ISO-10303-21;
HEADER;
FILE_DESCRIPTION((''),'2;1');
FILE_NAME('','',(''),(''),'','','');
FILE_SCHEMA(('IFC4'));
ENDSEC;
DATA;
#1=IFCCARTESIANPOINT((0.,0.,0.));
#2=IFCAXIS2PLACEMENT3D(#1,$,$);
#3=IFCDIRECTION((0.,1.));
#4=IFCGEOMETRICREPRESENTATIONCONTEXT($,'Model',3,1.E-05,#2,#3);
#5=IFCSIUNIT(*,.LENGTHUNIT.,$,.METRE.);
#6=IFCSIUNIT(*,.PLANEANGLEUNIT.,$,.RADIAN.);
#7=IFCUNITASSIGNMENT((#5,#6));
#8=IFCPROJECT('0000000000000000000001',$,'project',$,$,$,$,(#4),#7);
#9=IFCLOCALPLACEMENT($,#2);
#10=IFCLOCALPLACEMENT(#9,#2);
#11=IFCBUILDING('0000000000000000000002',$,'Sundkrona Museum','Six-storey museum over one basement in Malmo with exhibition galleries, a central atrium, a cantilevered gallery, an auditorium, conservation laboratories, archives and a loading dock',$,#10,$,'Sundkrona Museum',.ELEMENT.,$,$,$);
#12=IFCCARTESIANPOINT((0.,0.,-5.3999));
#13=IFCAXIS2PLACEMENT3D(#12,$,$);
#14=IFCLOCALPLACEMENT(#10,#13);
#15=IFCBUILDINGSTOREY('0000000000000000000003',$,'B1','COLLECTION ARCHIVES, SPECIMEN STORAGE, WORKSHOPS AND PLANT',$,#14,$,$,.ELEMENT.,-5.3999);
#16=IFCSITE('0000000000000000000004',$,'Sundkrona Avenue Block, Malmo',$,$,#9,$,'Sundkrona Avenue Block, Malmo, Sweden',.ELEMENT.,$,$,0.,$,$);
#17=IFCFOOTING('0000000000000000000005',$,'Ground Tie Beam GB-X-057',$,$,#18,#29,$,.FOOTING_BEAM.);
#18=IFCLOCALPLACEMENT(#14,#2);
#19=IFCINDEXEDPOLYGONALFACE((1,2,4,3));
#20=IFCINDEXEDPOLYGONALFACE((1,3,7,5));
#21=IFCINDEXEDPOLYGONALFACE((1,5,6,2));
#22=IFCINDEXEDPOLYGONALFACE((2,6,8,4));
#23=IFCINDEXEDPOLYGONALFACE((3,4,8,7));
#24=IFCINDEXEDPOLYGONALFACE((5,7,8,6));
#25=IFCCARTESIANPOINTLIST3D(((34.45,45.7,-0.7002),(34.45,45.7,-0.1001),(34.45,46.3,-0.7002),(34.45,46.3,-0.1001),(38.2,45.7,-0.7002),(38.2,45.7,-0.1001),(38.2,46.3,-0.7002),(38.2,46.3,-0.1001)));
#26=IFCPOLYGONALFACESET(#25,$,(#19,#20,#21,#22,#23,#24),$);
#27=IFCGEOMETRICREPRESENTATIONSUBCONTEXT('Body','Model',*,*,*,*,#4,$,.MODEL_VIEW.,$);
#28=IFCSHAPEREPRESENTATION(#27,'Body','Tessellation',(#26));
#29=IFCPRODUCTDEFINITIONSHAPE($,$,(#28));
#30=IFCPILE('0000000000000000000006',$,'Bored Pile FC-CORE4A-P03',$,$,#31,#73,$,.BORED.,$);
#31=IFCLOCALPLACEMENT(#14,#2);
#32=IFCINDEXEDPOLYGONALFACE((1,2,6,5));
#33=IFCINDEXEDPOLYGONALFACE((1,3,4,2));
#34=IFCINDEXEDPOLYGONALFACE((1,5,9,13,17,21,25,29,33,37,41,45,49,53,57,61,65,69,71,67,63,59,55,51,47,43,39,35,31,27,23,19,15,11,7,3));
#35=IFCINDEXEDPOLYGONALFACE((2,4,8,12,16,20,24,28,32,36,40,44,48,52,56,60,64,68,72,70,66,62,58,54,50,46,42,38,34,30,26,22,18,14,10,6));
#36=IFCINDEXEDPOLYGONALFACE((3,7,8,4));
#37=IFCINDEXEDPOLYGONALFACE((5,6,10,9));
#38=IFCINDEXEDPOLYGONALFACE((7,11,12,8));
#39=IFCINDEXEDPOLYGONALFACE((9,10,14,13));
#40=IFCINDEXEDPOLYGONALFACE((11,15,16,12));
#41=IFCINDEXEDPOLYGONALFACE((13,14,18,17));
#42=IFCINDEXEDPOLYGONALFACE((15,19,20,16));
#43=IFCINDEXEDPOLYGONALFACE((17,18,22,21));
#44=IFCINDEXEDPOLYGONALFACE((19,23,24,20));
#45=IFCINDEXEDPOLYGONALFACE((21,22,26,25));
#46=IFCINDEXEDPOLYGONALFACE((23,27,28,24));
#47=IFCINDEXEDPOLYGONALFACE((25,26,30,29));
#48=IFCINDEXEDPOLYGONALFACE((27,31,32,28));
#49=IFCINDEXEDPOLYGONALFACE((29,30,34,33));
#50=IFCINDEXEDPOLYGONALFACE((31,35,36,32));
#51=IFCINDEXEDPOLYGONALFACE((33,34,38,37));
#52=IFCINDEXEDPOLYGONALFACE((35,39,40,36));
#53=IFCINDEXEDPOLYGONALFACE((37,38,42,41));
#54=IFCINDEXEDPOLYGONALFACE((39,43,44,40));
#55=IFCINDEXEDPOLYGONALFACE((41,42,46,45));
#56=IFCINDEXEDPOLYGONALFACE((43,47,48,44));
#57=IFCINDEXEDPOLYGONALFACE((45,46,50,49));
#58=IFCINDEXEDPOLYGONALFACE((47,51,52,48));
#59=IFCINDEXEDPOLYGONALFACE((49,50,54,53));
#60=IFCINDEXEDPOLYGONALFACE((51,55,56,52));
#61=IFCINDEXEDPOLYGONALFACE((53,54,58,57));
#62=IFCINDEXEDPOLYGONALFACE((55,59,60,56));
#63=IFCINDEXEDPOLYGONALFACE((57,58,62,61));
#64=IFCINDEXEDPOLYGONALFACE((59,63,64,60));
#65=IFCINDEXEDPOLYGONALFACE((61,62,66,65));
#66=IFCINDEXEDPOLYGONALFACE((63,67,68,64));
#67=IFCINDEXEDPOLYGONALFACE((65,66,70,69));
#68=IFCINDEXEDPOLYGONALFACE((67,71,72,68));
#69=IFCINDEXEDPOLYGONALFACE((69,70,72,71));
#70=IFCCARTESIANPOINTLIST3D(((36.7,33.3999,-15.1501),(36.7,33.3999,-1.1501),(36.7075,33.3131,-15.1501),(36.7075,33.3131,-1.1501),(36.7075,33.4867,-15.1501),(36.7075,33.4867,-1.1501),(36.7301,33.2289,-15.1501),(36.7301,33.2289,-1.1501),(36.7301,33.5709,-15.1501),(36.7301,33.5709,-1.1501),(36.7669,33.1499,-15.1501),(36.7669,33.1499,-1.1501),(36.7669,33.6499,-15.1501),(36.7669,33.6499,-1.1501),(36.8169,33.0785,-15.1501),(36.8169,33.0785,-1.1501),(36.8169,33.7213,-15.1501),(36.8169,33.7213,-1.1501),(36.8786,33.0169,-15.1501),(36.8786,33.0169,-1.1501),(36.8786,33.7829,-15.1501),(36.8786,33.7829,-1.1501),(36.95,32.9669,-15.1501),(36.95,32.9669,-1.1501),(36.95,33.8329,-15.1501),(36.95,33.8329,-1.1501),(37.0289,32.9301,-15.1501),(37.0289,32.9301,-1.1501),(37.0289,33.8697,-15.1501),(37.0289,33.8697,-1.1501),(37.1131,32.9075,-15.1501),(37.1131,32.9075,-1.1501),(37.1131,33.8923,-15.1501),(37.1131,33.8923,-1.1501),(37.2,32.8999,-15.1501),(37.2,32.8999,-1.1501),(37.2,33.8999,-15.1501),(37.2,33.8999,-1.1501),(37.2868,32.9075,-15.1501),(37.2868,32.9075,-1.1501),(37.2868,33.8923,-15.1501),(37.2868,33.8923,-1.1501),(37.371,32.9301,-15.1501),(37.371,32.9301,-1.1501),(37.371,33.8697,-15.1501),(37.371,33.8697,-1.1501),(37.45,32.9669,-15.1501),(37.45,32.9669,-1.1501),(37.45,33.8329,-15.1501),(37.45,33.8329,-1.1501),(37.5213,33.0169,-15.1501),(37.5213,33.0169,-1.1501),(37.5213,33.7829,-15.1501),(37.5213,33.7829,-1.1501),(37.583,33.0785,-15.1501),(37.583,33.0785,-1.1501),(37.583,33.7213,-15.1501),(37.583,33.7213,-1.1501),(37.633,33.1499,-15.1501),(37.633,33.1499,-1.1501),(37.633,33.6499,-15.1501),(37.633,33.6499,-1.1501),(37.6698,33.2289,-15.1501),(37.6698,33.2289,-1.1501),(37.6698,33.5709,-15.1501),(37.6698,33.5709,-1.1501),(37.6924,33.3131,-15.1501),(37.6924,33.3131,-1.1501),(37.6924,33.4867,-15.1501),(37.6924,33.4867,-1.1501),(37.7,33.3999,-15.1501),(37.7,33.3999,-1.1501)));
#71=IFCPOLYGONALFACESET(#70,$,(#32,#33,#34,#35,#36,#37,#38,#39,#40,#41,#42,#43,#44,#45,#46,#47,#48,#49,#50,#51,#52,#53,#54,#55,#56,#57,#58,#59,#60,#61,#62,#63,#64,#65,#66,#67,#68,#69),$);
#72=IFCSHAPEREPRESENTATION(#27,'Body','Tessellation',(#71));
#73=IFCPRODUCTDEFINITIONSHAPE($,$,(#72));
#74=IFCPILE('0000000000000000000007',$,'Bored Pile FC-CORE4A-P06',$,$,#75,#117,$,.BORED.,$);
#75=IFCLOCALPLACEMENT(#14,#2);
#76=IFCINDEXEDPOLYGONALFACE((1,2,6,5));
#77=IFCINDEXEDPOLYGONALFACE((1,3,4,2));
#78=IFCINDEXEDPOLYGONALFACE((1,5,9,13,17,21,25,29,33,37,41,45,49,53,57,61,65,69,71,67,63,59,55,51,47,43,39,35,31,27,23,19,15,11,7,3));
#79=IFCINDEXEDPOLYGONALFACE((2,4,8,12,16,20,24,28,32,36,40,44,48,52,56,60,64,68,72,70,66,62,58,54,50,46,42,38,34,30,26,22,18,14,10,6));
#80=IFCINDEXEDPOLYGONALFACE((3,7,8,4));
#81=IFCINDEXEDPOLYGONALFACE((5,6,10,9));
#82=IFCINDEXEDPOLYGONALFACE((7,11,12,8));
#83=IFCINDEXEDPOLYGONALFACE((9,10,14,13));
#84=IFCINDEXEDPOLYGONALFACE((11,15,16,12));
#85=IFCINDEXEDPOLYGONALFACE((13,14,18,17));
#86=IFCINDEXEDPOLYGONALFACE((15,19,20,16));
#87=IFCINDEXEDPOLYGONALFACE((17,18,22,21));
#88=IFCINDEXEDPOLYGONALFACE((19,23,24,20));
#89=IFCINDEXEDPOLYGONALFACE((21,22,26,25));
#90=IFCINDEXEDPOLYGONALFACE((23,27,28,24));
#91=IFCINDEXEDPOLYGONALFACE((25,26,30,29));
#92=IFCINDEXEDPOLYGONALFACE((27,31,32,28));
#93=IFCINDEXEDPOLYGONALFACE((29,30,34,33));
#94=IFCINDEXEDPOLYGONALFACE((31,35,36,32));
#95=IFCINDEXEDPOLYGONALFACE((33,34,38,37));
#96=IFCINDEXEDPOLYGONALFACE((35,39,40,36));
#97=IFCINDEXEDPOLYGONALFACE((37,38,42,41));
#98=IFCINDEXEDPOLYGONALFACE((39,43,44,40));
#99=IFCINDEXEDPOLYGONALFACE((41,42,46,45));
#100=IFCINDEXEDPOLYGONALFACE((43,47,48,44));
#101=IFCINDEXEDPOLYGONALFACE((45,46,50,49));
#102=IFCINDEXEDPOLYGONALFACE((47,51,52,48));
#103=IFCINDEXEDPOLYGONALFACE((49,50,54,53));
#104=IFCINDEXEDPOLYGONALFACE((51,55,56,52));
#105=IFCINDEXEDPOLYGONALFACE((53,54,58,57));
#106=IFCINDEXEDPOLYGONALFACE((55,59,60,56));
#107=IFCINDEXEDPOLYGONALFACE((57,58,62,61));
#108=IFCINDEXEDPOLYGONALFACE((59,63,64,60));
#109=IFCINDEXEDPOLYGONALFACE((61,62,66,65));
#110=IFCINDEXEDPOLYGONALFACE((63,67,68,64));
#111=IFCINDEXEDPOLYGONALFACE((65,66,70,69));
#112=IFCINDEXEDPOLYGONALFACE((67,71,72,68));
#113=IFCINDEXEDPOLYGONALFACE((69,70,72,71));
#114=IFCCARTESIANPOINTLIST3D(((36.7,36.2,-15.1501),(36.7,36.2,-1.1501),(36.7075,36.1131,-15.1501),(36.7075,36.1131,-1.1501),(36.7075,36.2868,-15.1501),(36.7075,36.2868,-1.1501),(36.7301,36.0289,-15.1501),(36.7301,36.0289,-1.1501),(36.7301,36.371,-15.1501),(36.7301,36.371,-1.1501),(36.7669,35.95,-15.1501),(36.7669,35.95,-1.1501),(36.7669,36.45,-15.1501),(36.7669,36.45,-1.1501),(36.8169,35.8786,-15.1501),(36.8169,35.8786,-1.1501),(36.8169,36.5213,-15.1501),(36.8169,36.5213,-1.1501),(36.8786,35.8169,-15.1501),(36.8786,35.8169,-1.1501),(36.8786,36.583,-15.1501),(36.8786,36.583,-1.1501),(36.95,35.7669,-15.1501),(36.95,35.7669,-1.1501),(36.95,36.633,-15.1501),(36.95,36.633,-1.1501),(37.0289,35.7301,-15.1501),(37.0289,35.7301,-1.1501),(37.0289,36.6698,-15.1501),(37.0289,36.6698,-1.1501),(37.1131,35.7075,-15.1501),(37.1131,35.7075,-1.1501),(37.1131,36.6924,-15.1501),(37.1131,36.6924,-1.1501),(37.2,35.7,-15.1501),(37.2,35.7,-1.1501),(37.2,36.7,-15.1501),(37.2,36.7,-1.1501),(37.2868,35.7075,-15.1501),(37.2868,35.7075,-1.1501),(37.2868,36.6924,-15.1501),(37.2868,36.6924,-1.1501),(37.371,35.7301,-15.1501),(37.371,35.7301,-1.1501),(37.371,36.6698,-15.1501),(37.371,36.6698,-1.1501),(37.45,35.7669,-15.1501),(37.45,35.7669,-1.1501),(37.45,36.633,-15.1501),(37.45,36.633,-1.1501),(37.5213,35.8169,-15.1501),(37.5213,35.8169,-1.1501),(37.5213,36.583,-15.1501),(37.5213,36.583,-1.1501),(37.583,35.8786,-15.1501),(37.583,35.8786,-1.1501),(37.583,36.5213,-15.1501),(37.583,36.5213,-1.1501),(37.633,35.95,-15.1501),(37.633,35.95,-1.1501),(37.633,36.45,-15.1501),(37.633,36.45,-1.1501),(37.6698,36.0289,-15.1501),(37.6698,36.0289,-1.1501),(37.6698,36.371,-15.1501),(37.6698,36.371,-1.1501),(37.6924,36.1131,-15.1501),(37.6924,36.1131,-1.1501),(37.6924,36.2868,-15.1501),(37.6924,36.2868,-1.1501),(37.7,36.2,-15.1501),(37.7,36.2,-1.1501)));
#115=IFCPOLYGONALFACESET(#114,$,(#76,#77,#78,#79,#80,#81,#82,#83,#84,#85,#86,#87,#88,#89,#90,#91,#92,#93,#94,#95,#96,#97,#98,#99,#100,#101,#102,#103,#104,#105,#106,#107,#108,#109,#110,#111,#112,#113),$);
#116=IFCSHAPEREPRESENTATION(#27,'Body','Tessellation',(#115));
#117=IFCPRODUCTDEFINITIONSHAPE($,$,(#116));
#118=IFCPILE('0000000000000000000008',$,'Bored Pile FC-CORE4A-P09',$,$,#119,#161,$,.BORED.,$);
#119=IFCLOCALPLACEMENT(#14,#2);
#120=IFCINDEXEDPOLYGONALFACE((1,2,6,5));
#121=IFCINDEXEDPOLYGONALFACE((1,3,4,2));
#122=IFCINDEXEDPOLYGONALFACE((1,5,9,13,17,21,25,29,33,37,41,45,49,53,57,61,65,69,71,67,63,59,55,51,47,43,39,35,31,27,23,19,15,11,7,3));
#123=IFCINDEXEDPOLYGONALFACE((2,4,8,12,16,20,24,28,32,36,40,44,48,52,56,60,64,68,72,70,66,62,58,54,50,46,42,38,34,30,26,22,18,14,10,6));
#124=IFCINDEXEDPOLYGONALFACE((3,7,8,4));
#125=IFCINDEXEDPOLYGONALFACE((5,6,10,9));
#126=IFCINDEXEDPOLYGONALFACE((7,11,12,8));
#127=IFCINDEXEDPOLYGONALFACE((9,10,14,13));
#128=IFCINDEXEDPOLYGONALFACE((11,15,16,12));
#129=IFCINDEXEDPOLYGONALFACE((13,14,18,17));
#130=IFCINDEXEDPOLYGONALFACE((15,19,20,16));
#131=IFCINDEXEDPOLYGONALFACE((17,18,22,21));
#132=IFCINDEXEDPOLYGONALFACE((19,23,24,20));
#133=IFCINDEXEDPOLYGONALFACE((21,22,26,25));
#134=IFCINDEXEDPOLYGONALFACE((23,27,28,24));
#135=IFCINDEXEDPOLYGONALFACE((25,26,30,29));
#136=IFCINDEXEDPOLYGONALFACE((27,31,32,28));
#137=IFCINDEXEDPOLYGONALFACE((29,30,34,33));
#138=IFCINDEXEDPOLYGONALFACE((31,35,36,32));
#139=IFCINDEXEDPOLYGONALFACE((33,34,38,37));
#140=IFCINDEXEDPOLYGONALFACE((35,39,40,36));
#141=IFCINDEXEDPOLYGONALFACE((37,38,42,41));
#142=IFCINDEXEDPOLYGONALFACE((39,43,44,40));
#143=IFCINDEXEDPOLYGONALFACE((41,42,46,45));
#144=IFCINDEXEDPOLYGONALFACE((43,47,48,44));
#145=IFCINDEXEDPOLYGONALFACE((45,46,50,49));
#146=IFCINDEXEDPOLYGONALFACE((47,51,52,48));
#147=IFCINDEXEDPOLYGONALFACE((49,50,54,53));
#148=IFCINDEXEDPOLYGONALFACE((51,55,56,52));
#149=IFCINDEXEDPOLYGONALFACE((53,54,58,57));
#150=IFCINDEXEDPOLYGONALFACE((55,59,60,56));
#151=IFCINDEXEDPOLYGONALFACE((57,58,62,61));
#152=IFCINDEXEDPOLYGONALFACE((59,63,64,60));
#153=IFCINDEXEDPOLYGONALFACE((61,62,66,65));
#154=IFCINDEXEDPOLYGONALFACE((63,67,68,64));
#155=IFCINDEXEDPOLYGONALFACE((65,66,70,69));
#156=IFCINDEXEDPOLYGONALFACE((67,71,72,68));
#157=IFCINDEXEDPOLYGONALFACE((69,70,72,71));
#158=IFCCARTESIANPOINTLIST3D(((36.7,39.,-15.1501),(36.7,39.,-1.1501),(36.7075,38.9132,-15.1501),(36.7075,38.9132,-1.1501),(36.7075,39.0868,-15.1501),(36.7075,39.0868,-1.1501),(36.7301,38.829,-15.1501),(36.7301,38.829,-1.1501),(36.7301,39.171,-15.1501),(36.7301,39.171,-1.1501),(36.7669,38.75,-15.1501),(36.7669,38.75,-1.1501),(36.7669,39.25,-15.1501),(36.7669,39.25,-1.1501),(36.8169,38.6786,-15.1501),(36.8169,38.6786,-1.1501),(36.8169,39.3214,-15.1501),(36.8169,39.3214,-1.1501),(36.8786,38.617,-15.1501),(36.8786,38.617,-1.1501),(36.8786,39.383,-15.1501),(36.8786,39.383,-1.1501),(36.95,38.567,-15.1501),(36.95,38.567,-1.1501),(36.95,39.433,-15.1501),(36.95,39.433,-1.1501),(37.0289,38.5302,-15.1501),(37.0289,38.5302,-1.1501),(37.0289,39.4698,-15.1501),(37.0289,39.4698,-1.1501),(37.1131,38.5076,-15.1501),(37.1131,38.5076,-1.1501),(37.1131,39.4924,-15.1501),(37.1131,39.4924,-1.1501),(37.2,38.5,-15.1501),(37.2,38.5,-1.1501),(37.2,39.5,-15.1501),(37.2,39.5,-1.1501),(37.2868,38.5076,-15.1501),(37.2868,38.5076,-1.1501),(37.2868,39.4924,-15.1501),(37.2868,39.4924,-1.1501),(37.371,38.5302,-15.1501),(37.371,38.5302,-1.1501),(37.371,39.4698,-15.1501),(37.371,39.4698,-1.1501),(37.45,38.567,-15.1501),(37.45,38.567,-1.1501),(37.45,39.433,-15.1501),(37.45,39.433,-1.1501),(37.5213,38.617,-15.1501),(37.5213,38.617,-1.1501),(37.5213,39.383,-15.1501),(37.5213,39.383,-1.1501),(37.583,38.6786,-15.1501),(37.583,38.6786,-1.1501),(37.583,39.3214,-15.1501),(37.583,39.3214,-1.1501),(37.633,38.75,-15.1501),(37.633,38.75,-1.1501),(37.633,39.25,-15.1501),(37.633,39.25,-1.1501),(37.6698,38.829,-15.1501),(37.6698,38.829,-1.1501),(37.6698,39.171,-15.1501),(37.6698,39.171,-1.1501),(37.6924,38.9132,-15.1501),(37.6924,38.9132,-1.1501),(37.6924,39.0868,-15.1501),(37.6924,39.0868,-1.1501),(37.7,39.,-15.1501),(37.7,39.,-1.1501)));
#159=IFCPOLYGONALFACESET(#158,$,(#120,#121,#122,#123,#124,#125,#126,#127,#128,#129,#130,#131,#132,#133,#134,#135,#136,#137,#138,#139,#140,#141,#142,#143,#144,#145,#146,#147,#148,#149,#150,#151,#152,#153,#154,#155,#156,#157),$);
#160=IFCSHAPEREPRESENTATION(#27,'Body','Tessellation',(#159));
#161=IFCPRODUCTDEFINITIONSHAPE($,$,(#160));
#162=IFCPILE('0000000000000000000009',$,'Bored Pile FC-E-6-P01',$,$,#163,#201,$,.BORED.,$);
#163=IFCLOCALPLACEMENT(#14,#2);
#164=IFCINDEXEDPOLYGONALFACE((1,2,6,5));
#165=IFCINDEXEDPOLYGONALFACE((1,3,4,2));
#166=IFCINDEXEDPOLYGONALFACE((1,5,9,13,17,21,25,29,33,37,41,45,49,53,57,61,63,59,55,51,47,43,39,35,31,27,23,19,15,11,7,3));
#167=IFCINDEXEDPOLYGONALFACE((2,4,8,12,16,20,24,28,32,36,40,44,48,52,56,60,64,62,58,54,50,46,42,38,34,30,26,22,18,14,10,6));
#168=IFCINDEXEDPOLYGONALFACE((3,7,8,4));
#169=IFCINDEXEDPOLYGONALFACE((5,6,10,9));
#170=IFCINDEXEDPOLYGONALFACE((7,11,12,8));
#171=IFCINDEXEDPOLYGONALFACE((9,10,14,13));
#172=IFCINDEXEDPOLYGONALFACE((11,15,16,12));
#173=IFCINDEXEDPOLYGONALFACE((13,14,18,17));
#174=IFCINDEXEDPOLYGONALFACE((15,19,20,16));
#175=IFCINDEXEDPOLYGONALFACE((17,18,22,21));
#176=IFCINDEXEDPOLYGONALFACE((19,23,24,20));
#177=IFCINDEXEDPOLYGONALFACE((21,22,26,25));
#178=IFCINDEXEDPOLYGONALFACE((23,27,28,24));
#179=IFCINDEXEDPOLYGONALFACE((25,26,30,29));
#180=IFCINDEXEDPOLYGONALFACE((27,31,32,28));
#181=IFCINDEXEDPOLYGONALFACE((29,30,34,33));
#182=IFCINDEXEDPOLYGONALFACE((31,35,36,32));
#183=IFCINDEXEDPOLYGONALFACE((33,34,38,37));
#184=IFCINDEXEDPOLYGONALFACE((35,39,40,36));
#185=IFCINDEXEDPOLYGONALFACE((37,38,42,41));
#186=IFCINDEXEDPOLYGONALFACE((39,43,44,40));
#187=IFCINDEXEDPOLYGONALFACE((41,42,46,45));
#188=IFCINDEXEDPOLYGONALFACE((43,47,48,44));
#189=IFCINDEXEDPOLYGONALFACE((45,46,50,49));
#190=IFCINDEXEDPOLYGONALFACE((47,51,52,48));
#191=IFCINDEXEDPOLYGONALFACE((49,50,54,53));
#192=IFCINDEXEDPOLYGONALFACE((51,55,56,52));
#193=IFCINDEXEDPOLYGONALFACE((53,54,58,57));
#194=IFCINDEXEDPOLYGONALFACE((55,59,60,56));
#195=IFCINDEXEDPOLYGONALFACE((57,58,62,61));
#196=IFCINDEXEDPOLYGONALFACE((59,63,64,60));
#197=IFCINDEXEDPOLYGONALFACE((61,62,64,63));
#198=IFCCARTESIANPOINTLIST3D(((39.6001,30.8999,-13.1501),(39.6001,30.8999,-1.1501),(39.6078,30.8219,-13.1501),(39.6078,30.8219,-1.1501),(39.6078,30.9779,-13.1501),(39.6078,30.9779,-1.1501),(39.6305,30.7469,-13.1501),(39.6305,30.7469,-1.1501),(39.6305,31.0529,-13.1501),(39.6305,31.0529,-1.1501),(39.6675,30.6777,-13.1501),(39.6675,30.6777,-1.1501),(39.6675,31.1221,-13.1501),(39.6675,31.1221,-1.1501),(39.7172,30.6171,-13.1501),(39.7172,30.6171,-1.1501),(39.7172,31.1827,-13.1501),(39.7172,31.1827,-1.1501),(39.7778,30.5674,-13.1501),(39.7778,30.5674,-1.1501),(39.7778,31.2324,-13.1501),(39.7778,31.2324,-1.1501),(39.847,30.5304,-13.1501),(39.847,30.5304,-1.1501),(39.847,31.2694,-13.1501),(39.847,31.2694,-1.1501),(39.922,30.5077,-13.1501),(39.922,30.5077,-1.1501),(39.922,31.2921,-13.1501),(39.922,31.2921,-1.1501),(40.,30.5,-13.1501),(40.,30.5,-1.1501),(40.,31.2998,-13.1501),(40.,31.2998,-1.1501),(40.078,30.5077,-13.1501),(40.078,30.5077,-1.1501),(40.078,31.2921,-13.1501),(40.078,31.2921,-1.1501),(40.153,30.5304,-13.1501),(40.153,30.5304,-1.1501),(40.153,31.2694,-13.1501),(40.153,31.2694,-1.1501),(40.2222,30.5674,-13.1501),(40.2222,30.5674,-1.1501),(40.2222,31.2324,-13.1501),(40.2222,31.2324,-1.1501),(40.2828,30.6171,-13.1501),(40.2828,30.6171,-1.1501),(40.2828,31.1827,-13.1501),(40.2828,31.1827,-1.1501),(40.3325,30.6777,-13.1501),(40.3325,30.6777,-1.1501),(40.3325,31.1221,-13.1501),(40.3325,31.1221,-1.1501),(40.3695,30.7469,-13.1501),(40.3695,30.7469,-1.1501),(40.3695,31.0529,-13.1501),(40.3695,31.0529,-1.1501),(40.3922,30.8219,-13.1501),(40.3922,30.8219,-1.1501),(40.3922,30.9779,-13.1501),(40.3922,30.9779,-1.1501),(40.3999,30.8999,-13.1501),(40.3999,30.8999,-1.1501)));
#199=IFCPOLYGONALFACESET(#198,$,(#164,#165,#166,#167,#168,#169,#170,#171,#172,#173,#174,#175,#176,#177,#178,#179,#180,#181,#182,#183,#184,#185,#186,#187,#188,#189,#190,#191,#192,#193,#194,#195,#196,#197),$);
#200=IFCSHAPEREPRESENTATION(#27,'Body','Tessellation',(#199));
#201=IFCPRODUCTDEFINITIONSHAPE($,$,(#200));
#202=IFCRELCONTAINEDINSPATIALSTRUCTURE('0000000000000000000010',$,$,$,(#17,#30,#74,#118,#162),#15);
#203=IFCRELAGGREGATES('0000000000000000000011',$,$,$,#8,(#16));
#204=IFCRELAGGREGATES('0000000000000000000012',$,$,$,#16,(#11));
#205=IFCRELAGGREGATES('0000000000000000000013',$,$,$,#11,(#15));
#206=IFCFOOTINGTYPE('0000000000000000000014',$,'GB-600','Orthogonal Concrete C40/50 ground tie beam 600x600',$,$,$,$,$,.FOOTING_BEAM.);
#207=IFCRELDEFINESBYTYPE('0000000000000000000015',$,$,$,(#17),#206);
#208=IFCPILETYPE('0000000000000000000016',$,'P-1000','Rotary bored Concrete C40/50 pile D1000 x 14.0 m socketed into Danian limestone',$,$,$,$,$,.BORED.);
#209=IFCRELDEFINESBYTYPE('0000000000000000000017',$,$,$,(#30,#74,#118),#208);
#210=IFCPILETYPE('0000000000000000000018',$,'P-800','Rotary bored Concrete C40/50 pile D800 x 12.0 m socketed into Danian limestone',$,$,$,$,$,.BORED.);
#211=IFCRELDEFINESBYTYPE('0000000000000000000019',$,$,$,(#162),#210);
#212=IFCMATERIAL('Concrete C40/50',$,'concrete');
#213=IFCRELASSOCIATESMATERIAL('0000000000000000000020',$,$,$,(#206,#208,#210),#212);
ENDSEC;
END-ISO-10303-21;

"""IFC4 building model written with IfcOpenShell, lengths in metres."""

from ifc_helpers import new_model, si_unit, direction, frame, origin, origin_2d, place, context, subcontext, project, spatial, rectangle, circle, extrude, material, material_profile, profile_set, type_object, element, save


model = new_model("IFC4")

# Units and contexts
model_context = context("Model", 3, precision=1e-05, world=origin(), true_north=direction((0.0, 1.0)))
body_context = subcontext(model_context, "Body", "Model", "MODEL_VIEW")
ifc_project = project(units=[si_unit("LENGTHUNIT", "METRE"), si_unit("PLANEANGLEUNIT", "RADIAN")], contexts=[model_context])

# Site, building, storey
site_placement = place(None, origin())
site = spatial("IfcSite", under=ifc_project, at=site_placement, Name="Sundkrona Avenue Block, Malmo", LongName="Sundkrona Avenue Block, Malmo, Sweden", CompositionType="ELEMENT", RefElevation=0.0)
building_placement = place(site_placement, origin())
building = spatial("IfcBuilding", under=site, at=building_placement, Name="Sundkrona Museum", Description="Six-storey museum over one basement in Malmo with exhibition galleries, a central atrium, a cantilevered gallery, an auditorium, conservation laboratories, archives and a loading dock", LongName="Sundkrona Museum", CompositionType="ELEMENT")
storey_placement = place(building_placement, frame((0.0, 0.0, -5.3999)))
storey = spatial("IfcBuildingStorey", under=building, at=storey_placement, Name="B1", Description="COLLECTION ARCHIVES, SPECIMEN STORAGE, WORKSHOPS AND PLANT", CompositionType="ELEMENT", Elevation=-5.3999)

# Footing
ifc_material_1 = material(Name="Concrete C40/50", Category="concrete")
footing_type_1 = type_object("IfcFootingType", Name="GB-600", Description="Orthogonal Concrete C40/50 ground tie beam 600x600", PredefinedType="FOOTING_BEAM", material=ifc_material_1)
footing_1_placement = place(storey_placement, frame((36.325, 46.0, -0.7002), z_axis=(0.0, 0.0, 1.0), x_axis=(1.0, 0.0, 0.0)))
element("IfcFooting", 1, at=footing_1_placement, inside=storey, type_object=footing_type_1, Name="Ground Tie Beam GB-X-057", PredefinedType="FOOTING_BEAM", context=body_context, shape_type="SweptSolid", body=[
    extrude(rectangle(XDim=3.75, YDim=0.6001, at=origin_2d()), origin(), (0.0, 0.0, 1.0), 0.6001),
])

# Piles
ifc_material_profile_1 = material_profile(ifc_material_1, circle(Radius=0.5, at=origin_2d()), Name="PILE D1000")
ifc_profile_set_1 = profile_set([ifc_material_profile_1], Name="Concrete C40/50")
pile_type_1 = type_object("IfcPileType", Name="P-1000", Description="Rotary bored Concrete C40/50 pile D1000 x 14.0 m socketed into Danian limestone", PredefinedType="BORED", material=ifc_profile_set_1)
for number, where, z_axis, x_axis, name in (
    (2, (37.2, 33.3999, -1.1501), (0.0, 0.0, -1.0), (1.0, 0.0, 0.0), "Bored Pile FC-CORE4A-P03"),
    (3, (37.2, 36.2, -1.1501), (0.0, 0.0, -1.0), (1.0, 0.0, 0.0), "Bored Pile FC-CORE4A-P06"),
    (4, (37.2, 39.0, -1.1501), (0.0, 0.0, -1.0), (1.0, 0.0, 0.0), "Bored Pile FC-CORE4A-P09"),
):
    element("IfcPile", number, at=place(storey_placement, frame(where, z_axis=z_axis, x_axis=x_axis)), inside=storey, type_object=pile_type_1, Name=name, PredefinedType="BORED", context=body_context, shape_type="SweptSolid", body=[
        extrude(circle(Radius=0.5, at=origin_2d()), origin(), (0.0, 0.0, 1.0), 14.0),
    ])
ifc_material_profile_2 = material_profile(ifc_material_1, circle(Radius=0.3999, at=origin_2d()), Name="PILE D800")
ifc_profile_set_2 = profile_set([ifc_material_profile_2], Name="Concrete C40/50")
pile_type_2 = type_object("IfcPileType", Name="P-800", Description="Rotary bored Concrete C40/50 pile D800 x 12.0 m socketed into Danian limestone", PredefinedType="BORED", material=ifc_profile_set_2)
for number, where, z_axis, x_axis, name in (
    (5, (40.0, 30.8999, -1.1501), (0.0, 0.0, -1.0), (1.0, 0.0, 0.0), "Bored Pile FC-E-6-P01"),
):
    element("IfcPile", number, at=place(storey_placement, frame(where, z_axis=z_axis, x_axis=x_axis)), inside=storey, type_object=pile_type_2, Name=name, PredefinedType="BORED", context=body_context, shape_type="SweptSolid", body=[
        extrude(circle(Radius=0.3999, at=origin_2d()), origin(), (0.0, 0.0, 1.0), 12.0),
    ])

save(model, "model.ifc")
